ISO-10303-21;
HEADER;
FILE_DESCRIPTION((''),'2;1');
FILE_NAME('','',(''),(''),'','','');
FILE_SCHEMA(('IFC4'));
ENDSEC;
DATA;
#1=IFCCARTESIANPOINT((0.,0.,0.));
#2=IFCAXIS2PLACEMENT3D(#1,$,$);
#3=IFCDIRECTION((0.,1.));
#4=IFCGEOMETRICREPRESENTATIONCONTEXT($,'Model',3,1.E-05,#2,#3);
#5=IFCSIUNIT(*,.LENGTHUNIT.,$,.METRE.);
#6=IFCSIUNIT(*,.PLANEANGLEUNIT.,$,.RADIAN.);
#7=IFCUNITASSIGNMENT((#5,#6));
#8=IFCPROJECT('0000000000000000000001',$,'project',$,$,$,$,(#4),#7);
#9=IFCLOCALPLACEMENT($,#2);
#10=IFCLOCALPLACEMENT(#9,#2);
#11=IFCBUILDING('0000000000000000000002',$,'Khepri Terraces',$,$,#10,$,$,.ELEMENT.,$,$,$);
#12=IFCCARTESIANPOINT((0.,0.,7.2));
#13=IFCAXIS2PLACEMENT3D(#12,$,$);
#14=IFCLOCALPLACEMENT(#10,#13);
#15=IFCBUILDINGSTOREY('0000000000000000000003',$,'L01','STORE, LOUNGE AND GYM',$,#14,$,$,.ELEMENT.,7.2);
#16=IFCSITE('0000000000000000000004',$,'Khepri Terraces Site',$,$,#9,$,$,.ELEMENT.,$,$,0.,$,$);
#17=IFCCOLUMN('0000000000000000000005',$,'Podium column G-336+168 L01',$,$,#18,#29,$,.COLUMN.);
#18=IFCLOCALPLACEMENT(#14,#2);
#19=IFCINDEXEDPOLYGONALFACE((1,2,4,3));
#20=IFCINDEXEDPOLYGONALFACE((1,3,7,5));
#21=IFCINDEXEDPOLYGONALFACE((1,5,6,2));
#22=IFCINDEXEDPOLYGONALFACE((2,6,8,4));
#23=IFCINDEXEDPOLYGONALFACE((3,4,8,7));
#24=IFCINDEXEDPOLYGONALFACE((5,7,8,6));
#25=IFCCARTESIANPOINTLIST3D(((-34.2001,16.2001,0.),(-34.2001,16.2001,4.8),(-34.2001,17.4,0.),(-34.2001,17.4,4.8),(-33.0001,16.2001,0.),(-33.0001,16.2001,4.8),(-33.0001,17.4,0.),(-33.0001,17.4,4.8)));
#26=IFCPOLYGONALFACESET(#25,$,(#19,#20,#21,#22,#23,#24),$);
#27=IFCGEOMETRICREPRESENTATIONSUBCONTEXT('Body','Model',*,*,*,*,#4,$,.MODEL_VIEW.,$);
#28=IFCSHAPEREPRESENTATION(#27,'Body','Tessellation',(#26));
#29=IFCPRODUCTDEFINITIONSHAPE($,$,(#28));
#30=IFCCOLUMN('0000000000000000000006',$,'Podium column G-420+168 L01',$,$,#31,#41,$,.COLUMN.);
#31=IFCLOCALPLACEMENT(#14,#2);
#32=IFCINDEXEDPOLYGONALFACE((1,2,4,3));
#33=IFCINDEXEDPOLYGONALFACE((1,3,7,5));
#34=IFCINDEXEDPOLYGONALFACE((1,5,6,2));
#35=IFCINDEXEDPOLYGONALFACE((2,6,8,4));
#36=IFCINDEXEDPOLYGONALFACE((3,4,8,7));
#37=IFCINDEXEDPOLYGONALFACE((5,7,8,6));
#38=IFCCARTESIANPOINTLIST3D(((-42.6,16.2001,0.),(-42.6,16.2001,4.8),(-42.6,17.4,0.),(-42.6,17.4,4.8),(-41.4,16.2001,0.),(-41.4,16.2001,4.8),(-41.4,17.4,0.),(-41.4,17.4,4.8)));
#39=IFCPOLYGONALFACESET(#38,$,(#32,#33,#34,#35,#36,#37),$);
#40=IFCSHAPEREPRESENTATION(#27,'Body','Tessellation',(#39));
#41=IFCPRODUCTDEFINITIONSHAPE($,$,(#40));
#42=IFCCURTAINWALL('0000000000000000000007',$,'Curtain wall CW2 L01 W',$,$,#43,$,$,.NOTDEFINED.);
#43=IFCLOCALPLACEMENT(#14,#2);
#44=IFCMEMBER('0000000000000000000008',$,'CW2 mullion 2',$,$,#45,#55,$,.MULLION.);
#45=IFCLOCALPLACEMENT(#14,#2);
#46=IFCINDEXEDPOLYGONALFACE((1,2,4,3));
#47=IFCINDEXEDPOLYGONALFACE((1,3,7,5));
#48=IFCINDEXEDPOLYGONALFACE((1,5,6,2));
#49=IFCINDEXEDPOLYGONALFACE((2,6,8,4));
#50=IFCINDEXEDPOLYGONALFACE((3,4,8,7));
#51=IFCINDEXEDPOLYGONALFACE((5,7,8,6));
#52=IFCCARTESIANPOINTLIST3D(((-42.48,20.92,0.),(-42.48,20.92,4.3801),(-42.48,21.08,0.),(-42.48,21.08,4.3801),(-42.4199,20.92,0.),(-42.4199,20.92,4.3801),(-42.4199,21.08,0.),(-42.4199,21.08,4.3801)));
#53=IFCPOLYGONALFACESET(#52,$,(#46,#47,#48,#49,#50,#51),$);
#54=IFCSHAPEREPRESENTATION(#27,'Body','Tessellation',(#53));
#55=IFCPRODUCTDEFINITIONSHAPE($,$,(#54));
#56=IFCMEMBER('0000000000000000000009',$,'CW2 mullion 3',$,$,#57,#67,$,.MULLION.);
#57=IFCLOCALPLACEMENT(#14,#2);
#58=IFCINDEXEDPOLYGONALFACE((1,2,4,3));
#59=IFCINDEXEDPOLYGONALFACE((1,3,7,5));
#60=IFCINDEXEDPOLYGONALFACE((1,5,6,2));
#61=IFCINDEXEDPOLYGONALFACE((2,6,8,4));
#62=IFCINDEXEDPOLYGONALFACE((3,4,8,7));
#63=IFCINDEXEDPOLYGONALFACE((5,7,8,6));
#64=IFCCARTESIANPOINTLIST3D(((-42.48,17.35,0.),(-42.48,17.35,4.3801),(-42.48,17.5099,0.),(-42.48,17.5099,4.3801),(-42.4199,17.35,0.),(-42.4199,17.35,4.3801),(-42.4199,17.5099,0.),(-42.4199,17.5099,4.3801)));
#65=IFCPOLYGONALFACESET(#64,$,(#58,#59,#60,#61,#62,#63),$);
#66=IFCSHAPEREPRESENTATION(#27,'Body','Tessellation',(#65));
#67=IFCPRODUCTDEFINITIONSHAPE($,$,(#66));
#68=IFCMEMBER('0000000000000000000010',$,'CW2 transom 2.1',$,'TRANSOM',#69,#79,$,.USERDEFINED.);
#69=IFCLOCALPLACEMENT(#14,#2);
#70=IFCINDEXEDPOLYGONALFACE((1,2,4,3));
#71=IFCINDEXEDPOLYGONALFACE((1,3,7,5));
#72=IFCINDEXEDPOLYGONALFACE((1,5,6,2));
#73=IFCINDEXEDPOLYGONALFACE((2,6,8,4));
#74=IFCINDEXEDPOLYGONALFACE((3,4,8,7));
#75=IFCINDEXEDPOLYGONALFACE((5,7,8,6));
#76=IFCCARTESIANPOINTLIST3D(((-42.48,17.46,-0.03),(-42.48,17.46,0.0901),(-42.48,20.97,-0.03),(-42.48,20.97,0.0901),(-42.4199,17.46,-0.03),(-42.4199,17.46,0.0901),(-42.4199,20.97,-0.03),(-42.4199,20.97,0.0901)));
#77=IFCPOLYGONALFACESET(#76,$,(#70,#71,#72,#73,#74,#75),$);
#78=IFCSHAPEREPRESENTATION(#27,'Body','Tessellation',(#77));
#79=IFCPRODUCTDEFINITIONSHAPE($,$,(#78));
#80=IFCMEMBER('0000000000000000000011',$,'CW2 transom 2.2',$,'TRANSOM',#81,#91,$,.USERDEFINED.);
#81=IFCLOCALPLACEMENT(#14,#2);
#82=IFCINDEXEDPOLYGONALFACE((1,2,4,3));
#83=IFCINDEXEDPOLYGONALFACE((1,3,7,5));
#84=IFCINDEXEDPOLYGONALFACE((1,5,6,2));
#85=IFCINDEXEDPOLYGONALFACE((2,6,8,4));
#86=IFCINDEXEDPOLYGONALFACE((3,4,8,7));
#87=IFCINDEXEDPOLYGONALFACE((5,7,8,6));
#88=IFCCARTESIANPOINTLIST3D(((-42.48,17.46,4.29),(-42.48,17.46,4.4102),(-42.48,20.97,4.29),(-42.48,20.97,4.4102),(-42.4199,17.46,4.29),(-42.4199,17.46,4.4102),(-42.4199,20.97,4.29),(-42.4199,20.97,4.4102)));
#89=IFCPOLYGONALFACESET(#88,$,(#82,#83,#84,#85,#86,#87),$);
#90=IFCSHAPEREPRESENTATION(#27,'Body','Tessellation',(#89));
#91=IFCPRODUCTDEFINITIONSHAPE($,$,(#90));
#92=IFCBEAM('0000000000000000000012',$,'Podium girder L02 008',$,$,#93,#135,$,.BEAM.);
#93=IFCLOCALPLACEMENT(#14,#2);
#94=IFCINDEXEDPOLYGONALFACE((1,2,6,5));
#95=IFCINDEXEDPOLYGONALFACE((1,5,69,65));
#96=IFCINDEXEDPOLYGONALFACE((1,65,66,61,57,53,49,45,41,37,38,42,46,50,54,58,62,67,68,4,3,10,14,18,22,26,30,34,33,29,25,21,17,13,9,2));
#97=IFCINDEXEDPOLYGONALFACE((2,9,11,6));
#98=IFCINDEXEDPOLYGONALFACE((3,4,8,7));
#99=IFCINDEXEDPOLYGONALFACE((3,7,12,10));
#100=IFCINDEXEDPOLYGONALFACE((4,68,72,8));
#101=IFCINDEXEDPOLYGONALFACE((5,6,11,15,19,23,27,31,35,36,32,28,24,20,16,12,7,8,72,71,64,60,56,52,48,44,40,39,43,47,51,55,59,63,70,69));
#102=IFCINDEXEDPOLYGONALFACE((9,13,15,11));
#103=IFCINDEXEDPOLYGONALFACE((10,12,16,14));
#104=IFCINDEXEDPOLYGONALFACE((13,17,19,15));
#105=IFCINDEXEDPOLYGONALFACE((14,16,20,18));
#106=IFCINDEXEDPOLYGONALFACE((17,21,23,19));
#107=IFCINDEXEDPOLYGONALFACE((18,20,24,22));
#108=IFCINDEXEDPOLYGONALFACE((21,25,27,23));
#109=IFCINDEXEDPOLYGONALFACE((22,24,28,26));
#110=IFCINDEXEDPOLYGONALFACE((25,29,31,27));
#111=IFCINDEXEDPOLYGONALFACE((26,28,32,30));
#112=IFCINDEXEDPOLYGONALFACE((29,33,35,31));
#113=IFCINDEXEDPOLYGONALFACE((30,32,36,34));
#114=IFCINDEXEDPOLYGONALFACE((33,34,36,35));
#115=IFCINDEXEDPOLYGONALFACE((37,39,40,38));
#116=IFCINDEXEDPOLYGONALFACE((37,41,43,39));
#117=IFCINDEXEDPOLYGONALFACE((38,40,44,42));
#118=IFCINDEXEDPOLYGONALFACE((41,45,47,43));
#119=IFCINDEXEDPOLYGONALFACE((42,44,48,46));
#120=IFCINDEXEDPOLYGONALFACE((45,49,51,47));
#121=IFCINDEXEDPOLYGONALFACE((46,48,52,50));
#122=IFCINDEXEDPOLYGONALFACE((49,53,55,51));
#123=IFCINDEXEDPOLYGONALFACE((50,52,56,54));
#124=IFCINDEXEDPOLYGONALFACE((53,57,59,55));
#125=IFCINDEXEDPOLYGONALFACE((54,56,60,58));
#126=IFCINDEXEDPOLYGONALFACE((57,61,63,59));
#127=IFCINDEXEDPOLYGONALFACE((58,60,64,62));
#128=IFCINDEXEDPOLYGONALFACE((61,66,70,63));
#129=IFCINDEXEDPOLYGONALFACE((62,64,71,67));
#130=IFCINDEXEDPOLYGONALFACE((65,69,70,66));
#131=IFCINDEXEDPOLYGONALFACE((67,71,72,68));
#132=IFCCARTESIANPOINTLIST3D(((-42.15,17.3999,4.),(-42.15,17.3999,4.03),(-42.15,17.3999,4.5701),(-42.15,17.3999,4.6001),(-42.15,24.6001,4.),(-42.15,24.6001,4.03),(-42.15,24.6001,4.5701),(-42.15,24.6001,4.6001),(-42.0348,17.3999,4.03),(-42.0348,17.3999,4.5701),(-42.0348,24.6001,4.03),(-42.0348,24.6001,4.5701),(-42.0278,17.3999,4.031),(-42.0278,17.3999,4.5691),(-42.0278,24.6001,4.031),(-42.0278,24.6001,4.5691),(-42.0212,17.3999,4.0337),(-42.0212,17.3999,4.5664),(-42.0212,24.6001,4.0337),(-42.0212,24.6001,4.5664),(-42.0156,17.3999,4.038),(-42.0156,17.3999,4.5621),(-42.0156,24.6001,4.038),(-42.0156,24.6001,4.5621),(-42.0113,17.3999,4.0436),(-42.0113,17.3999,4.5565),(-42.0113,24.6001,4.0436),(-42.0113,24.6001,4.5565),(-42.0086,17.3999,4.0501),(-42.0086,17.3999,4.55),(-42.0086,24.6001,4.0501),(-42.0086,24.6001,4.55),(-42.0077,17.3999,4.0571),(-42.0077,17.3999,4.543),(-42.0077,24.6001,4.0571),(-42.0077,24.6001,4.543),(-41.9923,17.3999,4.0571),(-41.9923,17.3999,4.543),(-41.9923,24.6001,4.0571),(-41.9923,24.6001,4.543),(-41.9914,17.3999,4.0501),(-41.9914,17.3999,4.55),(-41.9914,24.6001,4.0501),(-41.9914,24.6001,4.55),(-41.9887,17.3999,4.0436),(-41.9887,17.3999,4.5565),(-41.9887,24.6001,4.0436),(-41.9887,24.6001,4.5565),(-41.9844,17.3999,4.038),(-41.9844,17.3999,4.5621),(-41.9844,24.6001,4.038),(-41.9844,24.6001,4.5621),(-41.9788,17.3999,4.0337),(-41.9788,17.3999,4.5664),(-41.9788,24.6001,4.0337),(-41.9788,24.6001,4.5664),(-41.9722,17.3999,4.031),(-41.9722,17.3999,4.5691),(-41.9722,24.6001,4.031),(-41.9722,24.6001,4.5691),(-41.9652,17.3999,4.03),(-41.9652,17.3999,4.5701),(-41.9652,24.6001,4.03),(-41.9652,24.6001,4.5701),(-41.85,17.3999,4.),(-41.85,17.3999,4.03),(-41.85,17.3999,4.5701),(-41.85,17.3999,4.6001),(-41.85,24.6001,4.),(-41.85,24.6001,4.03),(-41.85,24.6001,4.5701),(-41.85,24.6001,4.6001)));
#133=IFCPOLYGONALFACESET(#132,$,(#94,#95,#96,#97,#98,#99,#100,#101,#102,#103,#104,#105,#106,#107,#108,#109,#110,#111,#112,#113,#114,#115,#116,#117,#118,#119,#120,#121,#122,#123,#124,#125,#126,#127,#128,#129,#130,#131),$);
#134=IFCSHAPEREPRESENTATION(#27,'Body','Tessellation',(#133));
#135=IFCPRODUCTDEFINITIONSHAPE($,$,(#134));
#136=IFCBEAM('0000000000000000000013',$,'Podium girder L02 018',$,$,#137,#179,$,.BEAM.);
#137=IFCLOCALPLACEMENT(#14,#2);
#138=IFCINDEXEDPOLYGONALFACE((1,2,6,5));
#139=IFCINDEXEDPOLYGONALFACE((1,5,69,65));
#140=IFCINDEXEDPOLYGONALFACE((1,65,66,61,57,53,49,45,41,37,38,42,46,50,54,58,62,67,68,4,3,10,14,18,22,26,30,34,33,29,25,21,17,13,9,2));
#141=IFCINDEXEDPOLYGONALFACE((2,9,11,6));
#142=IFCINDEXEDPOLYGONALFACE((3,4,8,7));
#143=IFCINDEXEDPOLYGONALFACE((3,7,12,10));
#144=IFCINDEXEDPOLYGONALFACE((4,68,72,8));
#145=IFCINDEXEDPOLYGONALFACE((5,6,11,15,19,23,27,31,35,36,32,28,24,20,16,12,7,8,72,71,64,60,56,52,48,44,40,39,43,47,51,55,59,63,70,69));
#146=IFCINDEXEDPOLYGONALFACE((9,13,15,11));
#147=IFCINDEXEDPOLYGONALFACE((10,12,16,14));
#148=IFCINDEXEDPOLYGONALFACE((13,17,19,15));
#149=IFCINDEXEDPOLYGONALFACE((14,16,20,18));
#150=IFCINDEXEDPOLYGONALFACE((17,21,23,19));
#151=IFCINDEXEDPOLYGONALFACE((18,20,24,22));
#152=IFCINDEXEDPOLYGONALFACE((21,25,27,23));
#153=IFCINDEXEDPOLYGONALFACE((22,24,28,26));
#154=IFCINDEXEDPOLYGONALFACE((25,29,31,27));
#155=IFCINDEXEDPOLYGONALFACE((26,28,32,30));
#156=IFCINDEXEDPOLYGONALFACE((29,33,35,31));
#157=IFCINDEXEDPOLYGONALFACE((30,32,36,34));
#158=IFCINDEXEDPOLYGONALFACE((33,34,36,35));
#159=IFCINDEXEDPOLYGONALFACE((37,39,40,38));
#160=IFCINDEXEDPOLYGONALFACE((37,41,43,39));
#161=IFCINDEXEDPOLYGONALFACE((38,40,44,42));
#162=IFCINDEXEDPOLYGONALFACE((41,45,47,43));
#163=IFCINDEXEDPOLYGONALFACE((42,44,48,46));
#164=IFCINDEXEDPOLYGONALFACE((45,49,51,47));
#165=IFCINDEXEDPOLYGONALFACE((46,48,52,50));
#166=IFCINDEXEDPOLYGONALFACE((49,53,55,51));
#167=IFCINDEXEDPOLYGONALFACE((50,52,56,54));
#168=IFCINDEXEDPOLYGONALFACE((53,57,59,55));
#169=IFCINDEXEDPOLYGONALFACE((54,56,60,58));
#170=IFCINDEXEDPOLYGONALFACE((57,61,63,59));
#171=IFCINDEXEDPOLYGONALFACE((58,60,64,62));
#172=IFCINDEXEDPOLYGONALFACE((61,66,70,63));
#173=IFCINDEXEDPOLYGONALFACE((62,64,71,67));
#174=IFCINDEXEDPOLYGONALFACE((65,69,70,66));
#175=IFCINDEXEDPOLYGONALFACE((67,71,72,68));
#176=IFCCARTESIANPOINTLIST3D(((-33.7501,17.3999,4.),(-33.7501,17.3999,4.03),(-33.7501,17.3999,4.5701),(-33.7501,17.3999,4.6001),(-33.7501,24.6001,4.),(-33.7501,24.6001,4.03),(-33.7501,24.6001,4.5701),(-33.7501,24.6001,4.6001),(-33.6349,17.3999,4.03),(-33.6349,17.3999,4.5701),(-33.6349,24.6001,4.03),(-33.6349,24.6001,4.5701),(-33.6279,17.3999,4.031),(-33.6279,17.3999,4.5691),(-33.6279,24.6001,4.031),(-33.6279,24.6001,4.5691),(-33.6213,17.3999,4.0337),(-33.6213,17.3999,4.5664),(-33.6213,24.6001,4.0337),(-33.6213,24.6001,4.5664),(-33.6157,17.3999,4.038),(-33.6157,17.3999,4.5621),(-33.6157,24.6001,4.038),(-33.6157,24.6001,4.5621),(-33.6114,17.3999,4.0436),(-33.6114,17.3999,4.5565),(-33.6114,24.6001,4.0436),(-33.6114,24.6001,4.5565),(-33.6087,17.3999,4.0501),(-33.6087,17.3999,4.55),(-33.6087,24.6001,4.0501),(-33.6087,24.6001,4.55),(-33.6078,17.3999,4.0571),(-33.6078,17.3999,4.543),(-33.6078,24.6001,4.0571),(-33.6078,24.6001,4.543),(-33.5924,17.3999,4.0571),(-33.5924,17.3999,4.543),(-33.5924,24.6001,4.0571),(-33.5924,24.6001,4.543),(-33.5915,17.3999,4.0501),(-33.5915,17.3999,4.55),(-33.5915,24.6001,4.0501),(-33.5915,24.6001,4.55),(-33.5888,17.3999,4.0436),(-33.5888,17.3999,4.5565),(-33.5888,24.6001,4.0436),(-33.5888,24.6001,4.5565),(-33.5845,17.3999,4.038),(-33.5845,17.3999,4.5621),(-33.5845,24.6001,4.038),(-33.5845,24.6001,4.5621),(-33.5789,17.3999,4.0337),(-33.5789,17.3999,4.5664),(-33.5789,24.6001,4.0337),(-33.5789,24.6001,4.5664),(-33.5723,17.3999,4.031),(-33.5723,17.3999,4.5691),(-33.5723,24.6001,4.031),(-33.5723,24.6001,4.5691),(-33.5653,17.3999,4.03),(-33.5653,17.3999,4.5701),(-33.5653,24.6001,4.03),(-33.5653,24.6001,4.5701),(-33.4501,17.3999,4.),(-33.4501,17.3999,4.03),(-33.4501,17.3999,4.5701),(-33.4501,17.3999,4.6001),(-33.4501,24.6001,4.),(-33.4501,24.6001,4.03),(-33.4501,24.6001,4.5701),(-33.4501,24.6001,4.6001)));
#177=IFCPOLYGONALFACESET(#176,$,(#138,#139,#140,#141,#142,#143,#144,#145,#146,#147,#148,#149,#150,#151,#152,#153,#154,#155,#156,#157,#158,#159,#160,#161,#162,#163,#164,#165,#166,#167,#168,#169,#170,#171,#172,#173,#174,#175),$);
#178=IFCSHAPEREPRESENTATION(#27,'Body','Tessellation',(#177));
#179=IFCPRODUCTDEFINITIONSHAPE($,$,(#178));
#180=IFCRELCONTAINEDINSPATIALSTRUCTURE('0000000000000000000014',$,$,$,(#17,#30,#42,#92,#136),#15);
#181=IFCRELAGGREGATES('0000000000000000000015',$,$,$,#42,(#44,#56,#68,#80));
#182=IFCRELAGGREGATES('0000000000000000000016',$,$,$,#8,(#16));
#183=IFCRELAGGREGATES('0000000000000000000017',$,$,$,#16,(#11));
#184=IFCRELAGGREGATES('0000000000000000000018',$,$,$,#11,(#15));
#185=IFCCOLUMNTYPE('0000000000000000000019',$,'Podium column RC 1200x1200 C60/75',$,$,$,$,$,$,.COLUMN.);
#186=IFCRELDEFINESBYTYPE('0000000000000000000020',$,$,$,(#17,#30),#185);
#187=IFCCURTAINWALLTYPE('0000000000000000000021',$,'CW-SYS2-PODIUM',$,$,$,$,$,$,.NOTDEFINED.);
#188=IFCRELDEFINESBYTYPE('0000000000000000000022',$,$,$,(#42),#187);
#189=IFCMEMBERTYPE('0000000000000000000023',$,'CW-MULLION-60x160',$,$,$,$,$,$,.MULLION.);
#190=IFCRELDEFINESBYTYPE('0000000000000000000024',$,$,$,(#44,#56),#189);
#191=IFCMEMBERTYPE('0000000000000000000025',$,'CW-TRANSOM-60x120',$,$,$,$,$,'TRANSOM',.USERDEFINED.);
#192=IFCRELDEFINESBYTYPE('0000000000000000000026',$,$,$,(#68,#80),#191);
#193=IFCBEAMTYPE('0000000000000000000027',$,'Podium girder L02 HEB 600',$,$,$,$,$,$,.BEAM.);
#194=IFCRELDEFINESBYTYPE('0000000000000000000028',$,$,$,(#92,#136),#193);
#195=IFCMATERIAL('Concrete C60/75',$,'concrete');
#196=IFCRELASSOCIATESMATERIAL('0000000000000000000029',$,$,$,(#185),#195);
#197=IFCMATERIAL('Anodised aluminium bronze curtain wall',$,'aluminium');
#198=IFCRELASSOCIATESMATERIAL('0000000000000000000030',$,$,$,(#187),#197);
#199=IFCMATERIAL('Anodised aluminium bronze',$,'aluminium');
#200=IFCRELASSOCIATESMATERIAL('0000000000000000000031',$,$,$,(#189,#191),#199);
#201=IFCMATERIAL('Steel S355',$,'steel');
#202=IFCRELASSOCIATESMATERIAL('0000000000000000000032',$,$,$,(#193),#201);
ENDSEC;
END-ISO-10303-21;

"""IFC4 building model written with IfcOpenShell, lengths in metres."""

from ifc_helpers import new_model, si_unit, direction, frame, origin, origin_2d, place, context, subcontext, project, spatial, rectangle, i_section, extrude, material, material_profile, profile_set, type_object, element, aggregate, save


model = new_model("IFC4")

# Units and contexts
model_context = context("Model", 3, precision=1e-05, world=origin(), true_north=direction((0.0, 1.0)))
body_context = subcontext(model_context, "Body", "Model", "MODEL_VIEW")
ifc_project = project(units=[si_unit("LENGTHUNIT", "METRE"), si_unit("PLANEANGLEUNIT", "RADIAN")], contexts=[model_context])

# Site, building, storey
site_placement = place(None, origin())
site = spatial("IfcSite", under=ifc_project, at=site_placement, Name="Khepri Terraces Site", CompositionType="ELEMENT", RefElevation=0.0)
building_placement = place(site_placement, origin())
building = spatial("IfcBuilding", under=site, at=building_placement, Name="Khepri Terraces", CompositionType="ELEMENT")
storey_placement = place(building_placement, frame((0.0, 0.0, 7.2)))
storey = spatial("IfcBuildingStorey", under=building, at=storey_placement, Name="L01", Description="STORE, LOUNGE AND GYM", CompositionType="ELEMENT", Elevation=7.2)

# Columns
ifc_material_1 = material(Name="Concrete C60/75", Category="concrete")
ifc_material_profile_1 = material_profile(ifc_material_1, rectangle(XDim=1.2, YDim=1.2, at=origin_2d()), Name="Concrete C60/75", Category="concrete")
ifc_profile_set_1 = profile_set([ifc_material_profile_1], Name="Concrete C60/75")
column_type = type_object("IfcColumnType", Name="Podium column RC 1200x1200 C60/75", PredefinedType="COLUMN", material=ifc_profile_set_1)
for number, where, z_axis, x_axis, name in (
    (1, (-33.6001, 16.8, 0.0), (0.0, 0.0, 1.0), (1.0, 0.0, 0.0), "Podium column G-336+168 L01"),
    (2, (-42.0, 16.8, 0.0), (0.0, 0.0, 1.0), (1.0, 0.0, 0.0), "Podium column G-420+168 L01"),
):
    element("IfcColumn", number, at=place(storey_placement, frame(where, z_axis=z_axis, x_axis=x_axis)), inside=storey, type_object=column_type, Name=name, PredefinedType="COLUMN", context=body_context, shape_type="SweptSolid", body=[
        extrude(rectangle(XDim=1.2, YDim=1.2, at=origin_2d()), origin(), (0.0, 0.0, 1.0), 4.8),
    ])

# Curtain wall, members
ifc_material_2 = material(Name="Anodised aluminium bronze curtain wall", Category="aluminium")
curtain_wall_type = type_object("IfcCurtainWallType", Name="CW-SYS2-PODIUM", PredefinedType="NOTDEFINED", material=ifc_material_2)
curtain_wall_placement = place(storey_placement, origin())
curtain_wall = element("IfcCurtainWall", 3, at=curtain_wall_placement, inside=storey, type_object=curtain_wall_type, Name="Curtain wall CW2 L01 W", PredefinedType="NOTDEFINED")
ifc_material_3 = material(Name="Anodised aluminium bronze", Category="aluminium")
ifc_material_profile_2 = material_profile(ifc_material_3, rectangle(XDim=0.0601, YDim=0.1599, at=origin_2d()), Name="Anodised aluminium bronze", Category="aluminium")
ifc_profile_set_2 = profile_set([ifc_material_profile_2], Name="Anodised aluminium bronze")
member_type_1 = type_object("IfcMemberType", Name="CW-MULLION-60x160", PredefinedType="MULLION", material=ifc_profile_set_2)
member_1_placement = place(storey_placement, frame((-42.45, 21.0, 0.0), z_axis=(0.0, 0.0, 1.0), x_axis=(1.0, 0.0, 0.0)))
member_1 = element("IfcMember", 4, at=member_1_placement, type_object=member_type_1, Name="CW2 mullion 2", PredefinedType="MULLION", context=body_context, shape_type="SweptSolid", body=[
    extrude(rectangle(XDim=0.0601, YDim=0.1599, at=origin_2d()), origin(), (0.0, 0.0, 1.0), 4.3801),
])
member_2_placement = place(storey_placement, frame((-42.45, 17.4299, 0.0), z_axis=(0.0, 0.0, 1.0), x_axis=(1.0, 0.0, 0.0)))
member_2 = element("IfcMember", 5, at=member_2_placement, type_object=member_type_1, Name="CW2 mullion 3", PredefinedType="MULLION", context=body_context, shape_type="SweptSolid", body=[
    extrude(rectangle(XDim=0.0601, YDim=0.1599, at=origin_2d()), origin(), (0.0, 0.0, 1.0), 4.3801),
])
ifc_material_profile_3 = material_profile(ifc_material_3, rectangle(XDim=0.0601, YDim=0.1201, at=origin_2d()), Name="Anodised aluminium bronze", Category="aluminium")
ifc_profile_set_3 = profile_set([ifc_material_profile_3], Name="Anodised aluminium bronze")
member_type_2 = type_object("IfcMemberType", Name="CW-TRANSOM-60x120", ElementType="TRANSOM", PredefinedType="USERDEFINED", material=ifc_profile_set_3)
member_3_placement = place(storey_placement, frame((-42.45, 20.97, 0.03), z_axis=(0.0, -1.0, 0.0), x_axis=(1.0, 0.0, 0.0)))
member_3 = element("IfcMember", 6, at=member_3_placement, type_object=member_type_2, Name="CW2 transom 2.1", ObjectType="TRANSOM", PredefinedType="USERDEFINED", context=body_context, shape_type="SweptSolid", body=[
    extrude(rectangle(XDim=0.0601, YDim=0.1201, at=origin_2d()), origin(), (0.0, 0.0, 1.0), 3.51),
])
member_4_placement = place(storey_placement, frame((-42.45, 20.97, 4.3501), z_axis=(0.0, -1.0, 0.0), x_axis=(1.0, 0.0, 0.0)))
member_4 = element("IfcMember", 7, at=member_4_placement, type_object=member_type_2, Name="CW2 transom 2.2", ObjectType="TRANSOM", PredefinedType="USERDEFINED", context=body_context, shape_type="SweptSolid", body=[
    extrude(rectangle(XDim=0.0601, YDim=0.1201, at=origin_2d()), origin(), (0.0, 0.0, 1.0), 3.51),
])

# Beams
ifc_material_4 = material(Name="Steel S355", Category="steel")
ifc_material_profile_4 = material_profile(ifc_material_4, i_section(OverallWidth=0.3, OverallDepth=0.6001, WebThickness=0.0154, FlangeThickness=0.03, FilletRadius=0.0271, at=origin_2d()), Name="Steel S355", Category="steel")
ifc_profile_set_4 = profile_set([ifc_material_profile_4], Name="Steel S355")
beam_type_1 = type_object("IfcBeamType", Name="Podium girder L02 HEB 600", PredefinedType="BEAM", material=ifc_profile_set_4)
for number, where, z_axis, x_axis, name in (
    (8, (-42.0, 17.3999, 4.3), (0.0, 1.0, 0.0), (-1.0, 0.0, 0.0), "Podium girder L02 008"),
    (9, (-33.6001, 17.3999, 4.3), (0.0, 1.0, 0.0), (-1.0, 0.0, 0.0), "Podium girder L02 018"),
):
    element("IfcBeam", number, at=place(storey_placement, frame(where, z_axis=z_axis, x_axis=x_axis)), inside=storey, type_object=beam_type_1, Name=name, PredefinedType="BEAM", context=body_context, shape_type="SweptSolid", body=[
        extrude(i_section(OverallWidth=0.3, OverallDepth=0.6001, WebThickness=0.0154, FlangeThickness=0.03, FilletRadius=0.0271, at=origin_2d()), origin(), (0.0, 0.0, 1.0), 7.2002),
    ])

aggregate(curtain_wall, [member_1, member_2, member_3, member_4])

save(model, "model.ifc")
